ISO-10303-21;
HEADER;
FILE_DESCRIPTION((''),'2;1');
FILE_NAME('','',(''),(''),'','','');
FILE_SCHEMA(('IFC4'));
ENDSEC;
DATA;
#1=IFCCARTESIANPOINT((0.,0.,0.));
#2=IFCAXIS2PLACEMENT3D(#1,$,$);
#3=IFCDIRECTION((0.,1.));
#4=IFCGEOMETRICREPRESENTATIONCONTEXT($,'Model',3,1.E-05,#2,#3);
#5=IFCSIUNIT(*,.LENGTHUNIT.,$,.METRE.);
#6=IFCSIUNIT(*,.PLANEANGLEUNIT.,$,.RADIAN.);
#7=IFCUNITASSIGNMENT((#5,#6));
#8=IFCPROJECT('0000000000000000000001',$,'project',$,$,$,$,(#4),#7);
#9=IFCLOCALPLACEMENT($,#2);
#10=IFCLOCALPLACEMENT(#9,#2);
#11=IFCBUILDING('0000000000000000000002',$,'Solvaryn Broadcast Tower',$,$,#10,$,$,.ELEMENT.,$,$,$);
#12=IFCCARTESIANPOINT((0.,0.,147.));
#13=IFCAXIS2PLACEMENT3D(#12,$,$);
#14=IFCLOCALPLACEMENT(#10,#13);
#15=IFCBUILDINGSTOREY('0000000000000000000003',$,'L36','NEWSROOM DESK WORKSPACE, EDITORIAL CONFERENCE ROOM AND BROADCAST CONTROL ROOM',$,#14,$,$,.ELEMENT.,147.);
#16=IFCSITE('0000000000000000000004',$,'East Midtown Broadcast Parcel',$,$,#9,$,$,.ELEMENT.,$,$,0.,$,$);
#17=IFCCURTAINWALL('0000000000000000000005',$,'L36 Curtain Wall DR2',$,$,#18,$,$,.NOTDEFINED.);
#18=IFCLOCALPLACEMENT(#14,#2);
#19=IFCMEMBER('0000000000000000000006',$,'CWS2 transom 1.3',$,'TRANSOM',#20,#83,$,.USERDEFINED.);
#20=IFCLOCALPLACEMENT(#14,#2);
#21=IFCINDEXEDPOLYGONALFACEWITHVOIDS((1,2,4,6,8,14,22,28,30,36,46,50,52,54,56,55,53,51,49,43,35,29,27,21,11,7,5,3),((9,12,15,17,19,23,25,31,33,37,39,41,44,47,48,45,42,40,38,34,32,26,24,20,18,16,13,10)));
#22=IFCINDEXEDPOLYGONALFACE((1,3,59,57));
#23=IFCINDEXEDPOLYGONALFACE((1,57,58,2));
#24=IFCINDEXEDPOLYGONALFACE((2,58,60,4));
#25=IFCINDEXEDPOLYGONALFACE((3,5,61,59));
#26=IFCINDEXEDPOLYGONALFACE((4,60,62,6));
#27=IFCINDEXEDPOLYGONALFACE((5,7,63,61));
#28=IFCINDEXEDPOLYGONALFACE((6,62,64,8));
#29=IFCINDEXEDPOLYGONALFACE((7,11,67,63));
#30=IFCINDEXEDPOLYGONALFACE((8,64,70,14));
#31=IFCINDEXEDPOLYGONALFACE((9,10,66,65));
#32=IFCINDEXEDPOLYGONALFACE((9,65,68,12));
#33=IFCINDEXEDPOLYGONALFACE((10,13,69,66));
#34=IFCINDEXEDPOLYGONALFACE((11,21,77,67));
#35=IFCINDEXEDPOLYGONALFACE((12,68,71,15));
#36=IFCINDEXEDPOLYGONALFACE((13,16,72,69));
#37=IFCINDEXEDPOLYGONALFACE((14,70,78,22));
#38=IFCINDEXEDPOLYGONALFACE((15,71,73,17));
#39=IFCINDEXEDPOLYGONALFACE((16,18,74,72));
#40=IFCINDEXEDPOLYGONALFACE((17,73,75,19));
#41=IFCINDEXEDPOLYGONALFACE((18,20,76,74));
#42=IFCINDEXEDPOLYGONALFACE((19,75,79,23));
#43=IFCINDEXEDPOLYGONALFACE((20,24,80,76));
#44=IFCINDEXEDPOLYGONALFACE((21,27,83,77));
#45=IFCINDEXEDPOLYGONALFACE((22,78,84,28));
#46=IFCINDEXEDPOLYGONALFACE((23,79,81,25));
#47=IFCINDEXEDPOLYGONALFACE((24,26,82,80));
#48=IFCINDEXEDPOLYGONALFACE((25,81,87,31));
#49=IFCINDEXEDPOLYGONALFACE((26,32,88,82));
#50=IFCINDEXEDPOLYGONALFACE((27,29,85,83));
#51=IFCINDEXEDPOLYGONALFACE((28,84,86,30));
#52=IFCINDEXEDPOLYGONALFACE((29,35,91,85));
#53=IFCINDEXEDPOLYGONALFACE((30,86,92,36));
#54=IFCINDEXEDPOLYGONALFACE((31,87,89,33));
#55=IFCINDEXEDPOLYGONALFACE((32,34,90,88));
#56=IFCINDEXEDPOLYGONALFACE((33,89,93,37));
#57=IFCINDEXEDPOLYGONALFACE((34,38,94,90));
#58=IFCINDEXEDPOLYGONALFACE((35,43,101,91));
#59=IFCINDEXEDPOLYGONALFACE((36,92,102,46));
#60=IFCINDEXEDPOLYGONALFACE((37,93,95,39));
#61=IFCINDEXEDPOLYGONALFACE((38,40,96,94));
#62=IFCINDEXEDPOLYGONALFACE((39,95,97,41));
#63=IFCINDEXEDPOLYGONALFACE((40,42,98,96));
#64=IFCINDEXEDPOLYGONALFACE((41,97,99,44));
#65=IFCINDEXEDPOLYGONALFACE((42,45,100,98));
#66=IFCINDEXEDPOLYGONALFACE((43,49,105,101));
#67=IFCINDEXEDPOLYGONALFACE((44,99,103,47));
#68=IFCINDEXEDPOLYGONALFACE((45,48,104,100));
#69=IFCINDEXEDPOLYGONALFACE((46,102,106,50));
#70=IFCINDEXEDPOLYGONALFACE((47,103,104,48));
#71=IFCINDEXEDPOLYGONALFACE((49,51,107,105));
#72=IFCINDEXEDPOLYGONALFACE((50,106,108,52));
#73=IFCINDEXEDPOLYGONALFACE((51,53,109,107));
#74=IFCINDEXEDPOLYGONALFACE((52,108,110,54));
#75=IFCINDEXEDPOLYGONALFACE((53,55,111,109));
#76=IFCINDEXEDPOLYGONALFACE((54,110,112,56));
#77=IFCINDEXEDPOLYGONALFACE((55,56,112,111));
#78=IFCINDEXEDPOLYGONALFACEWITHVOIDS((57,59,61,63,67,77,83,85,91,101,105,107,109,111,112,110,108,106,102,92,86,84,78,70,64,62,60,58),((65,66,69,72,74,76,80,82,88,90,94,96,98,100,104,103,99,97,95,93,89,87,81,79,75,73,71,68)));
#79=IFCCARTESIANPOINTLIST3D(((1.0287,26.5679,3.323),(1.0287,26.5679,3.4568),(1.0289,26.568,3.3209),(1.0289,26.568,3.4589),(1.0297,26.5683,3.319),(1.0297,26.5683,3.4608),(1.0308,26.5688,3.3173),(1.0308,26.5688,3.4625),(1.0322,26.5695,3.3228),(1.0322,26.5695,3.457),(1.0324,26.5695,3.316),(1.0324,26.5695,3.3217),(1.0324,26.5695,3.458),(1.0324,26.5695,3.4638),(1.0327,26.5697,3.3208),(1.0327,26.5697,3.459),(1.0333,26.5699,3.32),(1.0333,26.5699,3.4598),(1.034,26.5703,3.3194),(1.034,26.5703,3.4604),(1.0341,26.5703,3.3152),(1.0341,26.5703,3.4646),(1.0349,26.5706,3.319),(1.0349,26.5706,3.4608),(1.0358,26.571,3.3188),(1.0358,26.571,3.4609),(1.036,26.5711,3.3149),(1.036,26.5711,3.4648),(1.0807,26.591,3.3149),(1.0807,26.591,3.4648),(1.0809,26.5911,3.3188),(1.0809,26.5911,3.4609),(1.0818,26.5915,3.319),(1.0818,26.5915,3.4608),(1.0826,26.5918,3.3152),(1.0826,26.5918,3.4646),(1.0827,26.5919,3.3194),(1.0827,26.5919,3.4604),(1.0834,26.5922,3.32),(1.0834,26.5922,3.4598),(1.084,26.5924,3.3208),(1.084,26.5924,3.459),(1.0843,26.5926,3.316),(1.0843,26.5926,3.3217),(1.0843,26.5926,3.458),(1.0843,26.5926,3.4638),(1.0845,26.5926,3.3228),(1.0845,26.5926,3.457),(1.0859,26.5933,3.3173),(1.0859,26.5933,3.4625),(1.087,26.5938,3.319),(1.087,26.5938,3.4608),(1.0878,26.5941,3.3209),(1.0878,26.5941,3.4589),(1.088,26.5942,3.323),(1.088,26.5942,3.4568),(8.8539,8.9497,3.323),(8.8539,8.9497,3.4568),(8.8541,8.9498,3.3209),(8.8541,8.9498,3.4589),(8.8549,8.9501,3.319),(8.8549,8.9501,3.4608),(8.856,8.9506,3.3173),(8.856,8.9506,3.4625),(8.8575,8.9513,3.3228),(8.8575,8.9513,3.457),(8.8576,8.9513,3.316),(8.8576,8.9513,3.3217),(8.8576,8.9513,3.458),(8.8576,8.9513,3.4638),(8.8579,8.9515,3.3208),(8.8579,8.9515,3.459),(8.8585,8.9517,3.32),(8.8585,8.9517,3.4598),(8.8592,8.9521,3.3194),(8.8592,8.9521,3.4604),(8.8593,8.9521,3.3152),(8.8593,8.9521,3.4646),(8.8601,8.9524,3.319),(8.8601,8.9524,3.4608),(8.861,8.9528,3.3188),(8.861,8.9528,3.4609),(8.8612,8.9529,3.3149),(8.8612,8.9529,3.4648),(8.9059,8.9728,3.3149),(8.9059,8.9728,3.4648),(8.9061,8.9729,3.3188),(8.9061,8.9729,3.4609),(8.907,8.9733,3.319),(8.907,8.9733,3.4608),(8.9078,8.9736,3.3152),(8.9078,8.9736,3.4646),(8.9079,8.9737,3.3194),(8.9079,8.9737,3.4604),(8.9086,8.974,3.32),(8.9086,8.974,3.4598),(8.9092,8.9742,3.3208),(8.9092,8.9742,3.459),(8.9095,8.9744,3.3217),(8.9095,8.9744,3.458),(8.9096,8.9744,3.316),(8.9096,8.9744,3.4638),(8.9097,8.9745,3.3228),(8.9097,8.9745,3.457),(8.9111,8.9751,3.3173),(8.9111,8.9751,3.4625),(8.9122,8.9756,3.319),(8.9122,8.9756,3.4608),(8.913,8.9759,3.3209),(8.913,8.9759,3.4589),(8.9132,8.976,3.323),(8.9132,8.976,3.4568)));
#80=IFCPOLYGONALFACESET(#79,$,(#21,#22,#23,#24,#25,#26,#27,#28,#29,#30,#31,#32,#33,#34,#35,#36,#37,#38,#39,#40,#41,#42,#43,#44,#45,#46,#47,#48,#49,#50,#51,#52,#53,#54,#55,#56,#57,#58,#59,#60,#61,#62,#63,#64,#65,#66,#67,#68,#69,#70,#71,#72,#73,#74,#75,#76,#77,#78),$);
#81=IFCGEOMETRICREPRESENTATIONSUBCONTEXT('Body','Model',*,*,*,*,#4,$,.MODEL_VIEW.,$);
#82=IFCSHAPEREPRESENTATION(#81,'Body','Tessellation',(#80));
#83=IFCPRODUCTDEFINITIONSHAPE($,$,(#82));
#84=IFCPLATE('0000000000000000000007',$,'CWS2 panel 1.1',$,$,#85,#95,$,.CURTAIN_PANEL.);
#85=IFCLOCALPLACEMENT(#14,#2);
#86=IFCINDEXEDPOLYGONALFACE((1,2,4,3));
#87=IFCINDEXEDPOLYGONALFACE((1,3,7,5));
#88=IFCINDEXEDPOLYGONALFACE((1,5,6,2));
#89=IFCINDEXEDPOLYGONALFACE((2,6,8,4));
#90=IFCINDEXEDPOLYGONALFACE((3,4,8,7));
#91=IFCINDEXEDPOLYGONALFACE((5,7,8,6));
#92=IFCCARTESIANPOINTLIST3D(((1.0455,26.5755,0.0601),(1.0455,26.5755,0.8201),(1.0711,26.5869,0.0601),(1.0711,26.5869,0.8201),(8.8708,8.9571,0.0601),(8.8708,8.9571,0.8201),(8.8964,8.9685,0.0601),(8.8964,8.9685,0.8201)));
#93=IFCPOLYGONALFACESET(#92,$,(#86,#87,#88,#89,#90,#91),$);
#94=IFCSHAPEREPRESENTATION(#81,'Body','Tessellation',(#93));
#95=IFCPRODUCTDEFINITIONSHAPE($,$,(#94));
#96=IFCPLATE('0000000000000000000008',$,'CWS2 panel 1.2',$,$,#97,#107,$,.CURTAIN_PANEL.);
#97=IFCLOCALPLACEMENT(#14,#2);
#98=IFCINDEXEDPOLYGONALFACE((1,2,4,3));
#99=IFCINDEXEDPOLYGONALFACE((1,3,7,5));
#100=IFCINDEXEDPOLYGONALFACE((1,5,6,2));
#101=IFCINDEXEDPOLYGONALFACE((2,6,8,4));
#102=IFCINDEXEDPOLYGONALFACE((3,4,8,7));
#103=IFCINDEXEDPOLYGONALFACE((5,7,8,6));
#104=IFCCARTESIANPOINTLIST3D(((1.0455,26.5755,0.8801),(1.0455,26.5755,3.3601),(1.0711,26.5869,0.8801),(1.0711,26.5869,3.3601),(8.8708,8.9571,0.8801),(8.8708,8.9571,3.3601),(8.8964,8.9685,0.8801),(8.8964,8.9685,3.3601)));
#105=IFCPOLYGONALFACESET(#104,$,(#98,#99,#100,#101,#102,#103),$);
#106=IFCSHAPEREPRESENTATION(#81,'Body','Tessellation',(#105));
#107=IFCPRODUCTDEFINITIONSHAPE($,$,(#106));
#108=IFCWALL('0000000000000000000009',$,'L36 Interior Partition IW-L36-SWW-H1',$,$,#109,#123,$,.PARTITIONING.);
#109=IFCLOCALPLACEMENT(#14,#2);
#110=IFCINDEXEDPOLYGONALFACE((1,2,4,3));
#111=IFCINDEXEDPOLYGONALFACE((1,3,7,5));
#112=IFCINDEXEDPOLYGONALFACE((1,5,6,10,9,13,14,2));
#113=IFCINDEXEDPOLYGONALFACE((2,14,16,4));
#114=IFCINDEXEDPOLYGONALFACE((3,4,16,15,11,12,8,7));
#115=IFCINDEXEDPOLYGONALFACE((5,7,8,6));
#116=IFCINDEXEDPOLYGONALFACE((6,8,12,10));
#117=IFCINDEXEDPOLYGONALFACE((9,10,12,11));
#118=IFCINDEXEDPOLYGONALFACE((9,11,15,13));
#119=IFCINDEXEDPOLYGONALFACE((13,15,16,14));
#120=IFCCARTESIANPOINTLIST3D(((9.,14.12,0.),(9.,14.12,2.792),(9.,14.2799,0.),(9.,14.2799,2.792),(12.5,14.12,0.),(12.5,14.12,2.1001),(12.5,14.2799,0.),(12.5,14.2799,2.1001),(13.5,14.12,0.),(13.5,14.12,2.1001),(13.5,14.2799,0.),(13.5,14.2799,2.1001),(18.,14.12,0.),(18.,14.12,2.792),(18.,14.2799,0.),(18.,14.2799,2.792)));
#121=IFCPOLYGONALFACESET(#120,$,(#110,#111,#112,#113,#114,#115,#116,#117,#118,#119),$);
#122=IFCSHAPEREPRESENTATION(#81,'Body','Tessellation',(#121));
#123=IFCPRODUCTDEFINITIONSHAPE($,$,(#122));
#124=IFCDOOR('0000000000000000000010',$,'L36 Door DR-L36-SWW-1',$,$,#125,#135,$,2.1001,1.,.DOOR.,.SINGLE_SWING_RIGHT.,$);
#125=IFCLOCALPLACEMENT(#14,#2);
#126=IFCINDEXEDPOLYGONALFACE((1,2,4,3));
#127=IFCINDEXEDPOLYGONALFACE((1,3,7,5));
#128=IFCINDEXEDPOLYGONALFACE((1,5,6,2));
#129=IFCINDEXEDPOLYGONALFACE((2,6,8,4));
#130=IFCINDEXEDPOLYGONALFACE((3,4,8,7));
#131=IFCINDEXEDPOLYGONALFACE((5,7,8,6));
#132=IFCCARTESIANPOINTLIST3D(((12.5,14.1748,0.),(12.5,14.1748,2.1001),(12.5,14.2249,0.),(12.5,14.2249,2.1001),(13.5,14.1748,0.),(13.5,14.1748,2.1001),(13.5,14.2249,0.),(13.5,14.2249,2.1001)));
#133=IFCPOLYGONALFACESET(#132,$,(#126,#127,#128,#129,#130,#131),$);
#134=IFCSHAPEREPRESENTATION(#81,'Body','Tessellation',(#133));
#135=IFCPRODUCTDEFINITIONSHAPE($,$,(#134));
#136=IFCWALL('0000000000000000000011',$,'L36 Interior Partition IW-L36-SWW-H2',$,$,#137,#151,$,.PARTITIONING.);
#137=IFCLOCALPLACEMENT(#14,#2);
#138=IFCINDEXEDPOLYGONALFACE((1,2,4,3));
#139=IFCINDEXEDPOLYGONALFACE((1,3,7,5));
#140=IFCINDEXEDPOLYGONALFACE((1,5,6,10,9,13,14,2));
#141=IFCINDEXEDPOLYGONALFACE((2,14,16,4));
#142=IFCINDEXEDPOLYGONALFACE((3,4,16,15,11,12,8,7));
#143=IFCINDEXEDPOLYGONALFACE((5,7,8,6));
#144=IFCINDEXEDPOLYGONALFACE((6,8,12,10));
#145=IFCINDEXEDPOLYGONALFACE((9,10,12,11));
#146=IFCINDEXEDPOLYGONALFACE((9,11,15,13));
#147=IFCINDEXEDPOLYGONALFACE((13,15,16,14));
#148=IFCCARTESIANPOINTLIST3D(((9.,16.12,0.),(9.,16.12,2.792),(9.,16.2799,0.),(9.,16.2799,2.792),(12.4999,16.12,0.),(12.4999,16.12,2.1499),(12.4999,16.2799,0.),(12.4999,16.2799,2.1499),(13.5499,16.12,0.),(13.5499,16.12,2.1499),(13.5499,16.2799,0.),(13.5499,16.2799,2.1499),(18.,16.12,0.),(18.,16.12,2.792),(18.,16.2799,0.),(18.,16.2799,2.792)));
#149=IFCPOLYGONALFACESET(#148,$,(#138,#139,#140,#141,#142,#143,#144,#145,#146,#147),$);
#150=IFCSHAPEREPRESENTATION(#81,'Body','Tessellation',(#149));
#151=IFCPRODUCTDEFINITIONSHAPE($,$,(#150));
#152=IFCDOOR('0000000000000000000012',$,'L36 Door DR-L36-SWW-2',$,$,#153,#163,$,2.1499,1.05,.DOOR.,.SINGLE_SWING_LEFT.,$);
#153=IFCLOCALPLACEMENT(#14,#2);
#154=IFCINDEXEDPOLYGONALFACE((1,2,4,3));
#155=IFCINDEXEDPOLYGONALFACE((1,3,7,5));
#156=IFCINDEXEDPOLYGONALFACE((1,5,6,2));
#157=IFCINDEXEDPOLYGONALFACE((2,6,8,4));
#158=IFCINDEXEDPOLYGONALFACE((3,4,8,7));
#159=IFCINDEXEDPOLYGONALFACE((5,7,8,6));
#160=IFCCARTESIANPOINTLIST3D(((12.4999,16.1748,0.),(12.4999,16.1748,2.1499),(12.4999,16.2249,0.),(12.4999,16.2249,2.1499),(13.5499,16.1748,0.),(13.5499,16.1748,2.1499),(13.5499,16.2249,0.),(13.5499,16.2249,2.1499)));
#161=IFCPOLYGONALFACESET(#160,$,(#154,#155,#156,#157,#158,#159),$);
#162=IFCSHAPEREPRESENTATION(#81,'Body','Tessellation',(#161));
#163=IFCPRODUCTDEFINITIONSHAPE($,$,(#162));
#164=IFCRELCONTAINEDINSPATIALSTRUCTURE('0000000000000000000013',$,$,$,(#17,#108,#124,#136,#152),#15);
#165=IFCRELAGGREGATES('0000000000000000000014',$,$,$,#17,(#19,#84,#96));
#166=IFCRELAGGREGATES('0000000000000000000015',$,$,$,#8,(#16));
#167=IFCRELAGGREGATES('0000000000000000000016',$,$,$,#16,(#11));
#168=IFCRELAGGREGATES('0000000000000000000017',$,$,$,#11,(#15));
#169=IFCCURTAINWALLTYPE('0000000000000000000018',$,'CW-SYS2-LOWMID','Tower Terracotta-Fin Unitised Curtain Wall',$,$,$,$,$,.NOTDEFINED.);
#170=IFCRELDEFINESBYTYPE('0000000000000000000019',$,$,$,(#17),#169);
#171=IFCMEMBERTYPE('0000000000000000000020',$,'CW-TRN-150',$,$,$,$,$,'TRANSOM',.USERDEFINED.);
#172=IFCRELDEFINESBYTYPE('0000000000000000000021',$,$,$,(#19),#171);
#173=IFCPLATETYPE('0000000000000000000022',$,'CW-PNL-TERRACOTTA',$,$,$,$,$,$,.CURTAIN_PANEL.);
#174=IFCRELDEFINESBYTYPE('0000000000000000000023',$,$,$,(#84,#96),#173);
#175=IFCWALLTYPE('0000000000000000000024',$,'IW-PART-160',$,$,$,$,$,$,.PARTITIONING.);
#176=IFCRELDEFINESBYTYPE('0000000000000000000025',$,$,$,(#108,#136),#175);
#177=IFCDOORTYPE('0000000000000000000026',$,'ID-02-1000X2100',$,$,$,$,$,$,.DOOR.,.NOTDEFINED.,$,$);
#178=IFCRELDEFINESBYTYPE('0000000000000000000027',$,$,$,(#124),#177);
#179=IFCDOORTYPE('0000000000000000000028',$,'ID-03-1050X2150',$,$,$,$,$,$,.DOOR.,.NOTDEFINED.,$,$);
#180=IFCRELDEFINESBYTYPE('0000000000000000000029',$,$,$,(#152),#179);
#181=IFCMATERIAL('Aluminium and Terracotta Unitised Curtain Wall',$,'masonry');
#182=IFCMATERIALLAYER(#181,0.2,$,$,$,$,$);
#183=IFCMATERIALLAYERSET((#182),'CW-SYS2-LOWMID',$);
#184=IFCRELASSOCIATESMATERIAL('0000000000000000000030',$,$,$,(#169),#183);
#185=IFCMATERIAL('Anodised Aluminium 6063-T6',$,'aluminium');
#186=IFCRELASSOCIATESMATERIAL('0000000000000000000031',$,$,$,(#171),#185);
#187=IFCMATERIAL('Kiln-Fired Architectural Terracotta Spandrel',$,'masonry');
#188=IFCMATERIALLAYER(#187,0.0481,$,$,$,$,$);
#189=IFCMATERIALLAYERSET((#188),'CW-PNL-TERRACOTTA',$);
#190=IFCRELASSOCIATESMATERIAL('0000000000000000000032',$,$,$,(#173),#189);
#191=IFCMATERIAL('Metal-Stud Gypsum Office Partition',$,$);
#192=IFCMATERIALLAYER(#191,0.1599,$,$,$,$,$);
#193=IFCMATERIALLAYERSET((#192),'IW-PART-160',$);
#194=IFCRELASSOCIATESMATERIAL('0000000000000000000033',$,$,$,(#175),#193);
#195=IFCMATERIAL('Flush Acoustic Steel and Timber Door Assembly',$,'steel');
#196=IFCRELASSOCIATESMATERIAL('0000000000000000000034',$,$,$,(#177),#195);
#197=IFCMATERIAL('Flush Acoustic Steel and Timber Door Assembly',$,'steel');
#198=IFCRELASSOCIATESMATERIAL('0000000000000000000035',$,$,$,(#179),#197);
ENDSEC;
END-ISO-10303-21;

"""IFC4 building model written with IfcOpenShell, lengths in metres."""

from ifc_helpers import new_model, si_unit, direction, frame, frame_2d, origin, origin_2d, place, context, subcontext, project, spatial, rectangle, hollow_rectangle, extrude, material, layer, layer_set, material_profile, profile_set, type_object, element, fill, aggregate, save


model = new_model("IFC4")

# Units and contexts
model_context = context("Model", 3, precision=1e-05, world=origin(), true_north=direction((0.0, 1.0)))
body_context = subcontext(model_context, "Body", "Model", "MODEL_VIEW")
ifc_project = project(units=[si_unit("LENGTHUNIT", "METRE"), si_unit("PLANEANGLEUNIT", "RADIAN")], contexts=[model_context])

# Site, building, storey
site_placement = place(None, origin())
site = spatial("IfcSite", under=ifc_project, at=site_placement, Name="East Midtown Broadcast Parcel", CompositionType="ELEMENT", RefElevation=0.0)
building_placement = place(site_placement, origin())
building = spatial("IfcBuilding", under=site, at=building_placement, Name="Solvaryn Broadcast Tower", CompositionType="ELEMENT")
storey_placement = place(building_placement, frame((0.0, 0.0, 147.0)))
storey = spatial("IfcBuildingStorey", under=building, at=storey_placement, Name="L36", Description="NEWSROOM DESK WORKSPACE, EDITORIAL CONFERENCE ROOM AND BROADCAST CONTROL ROOM", CompositionType="ELEMENT", Elevation=147.0)

# Shared definitions
ifc_material_1 = material(Name="Aluminium and Terracotta Unitised Curtain Wall", Category="masonry")
ifc_layer_1 = layer(ifc_material_1, 0.2)
ifc_layer_set_1 = layer_set([ifc_layer_1], Name="CW-SYS2-LOWMID")
curtain_wall_type = type_object("IfcCurtainWallType", Name="CW-SYS2-LOWMID", Description="Tower Terracotta-Fin Unitised Curtain Wall", PredefinedType="NOTDEFINED", material=ifc_layer_set_1)

# Curtain wall, member, plates
curtain_wall_1_placement = place(storey_placement, origin())
curtain_wall_1 = element("IfcCurtainWall", 1, at=curtain_wall_1_placement, inside=storey, type_object=curtain_wall_type, Name="L36 Curtain Wall DR2", PredefinedType="NOTDEFINED")
ifc_material_2 = material(Name="Anodised Aluminium 6063-T6", Category="aluminium")
ifc_material_profile_1 = material_profile(ifc_material_2, hollow_rectangle(XDim=0.0649, YDim=0.1499, WallThickness=0.0039, InnerFilletRadius=0.0039, OuterFilletRadius=0.0081, at=origin_2d()))
ifc_profile_set_1 = profile_set([ifc_material_profile_1], Name="Anodised Aluminium 6063-T6")
member_type_1 = type_object("IfcMemberType", Name="CW-TRN-150", ElementType="TRANSOM", PredefinedType="USERDEFINED", material=ifc_profile_set_1)
member_1_placement = place(storey_placement, frame((1.0583, 26.5811, 3.3899), z_axis=(0.405918, -0.91391, 0.0), x_axis=(0.91391, 0.405918, 0.0)))
member_1 = element("IfcMember", 2, at=member_1_placement, type_object=member_type_1, Name="CWS2 transom 1.3", ObjectType="TRANSOM", PredefinedType="USERDEFINED", context=body_context, shape_type="SweptSolid", body=[
    extrude(hollow_rectangle(XDim=0.0649, YDim=0.1499, WallThickness=0.0039, InnerFilletRadius=0.0039, OuterFilletRadius=0.0081, at=origin_2d()), origin(), (0.0, 0.0, 1.0), 19.2778),
])
ifc_material_3 = material(Name="Kiln-Fired Architectural Terracotta Spandrel", Category="masonry")
ifc_layer_2 = layer(ifc_material_3, 0.0481)
ifc_layer_set_2 = layer_set([ifc_layer_2], Name="CW-PNL-TERRACOTTA")
plate_type = type_object("IfcPlateType", Name="CW-PNL-TERRACOTTA", PredefinedType="CURTAIN_PANEL", material=ifc_layer_set_2)
plate_1_placement = place(storey_placement, frame((4.9709, 17.772, 0.0601), z_axis=(0.0, 0.0, 1.0), x_axis=(0.405918, -0.913909, 0.0)))
plate_1 = element("IfcPlate", 3, at=plate_1_placement, type_object=plate_type, Name="CWS2 panel 1.1", PredefinedType="CURTAIN_PANEL", context=body_context, shape_type="SweptSolid", body=[
    extrude(rectangle(XDim=19.2781, YDim=0.0281, at=origin_2d()), origin(), (0.0, 0.0, 1.0), 0.76),
])
plate_2_placement = place(storey_placement, frame((4.9709, 17.772, 0.8801), z_axis=(0.0, 0.0, 1.0), x_axis=(0.405918, -0.913909, 0.0)))
plate_2 = element("IfcPlate", 4, at=plate_2_placement, type_object=plate_type, Name="CWS2 panel 1.2", PredefinedType="CURTAIN_PANEL", context=body_context, shape_type="SweptSolid", body=[
    extrude(rectangle(XDim=19.2781, YDim=0.0281, at=origin_2d()), origin(), (0.0, 0.0, 1.0), 2.48),
])
aggregate(curtain_wall_1, [member_1, plate_1, plate_2])

# Walls, openings, doors
ifc_material_4 = material(Name="Metal-Stud Gypsum Office Partition")
ifc_layer_3 = layer(ifc_material_4, 0.1599)
ifc_layer_set_3 = layer_set([ifc_layer_3], Name="IW-PART-160")
wall_type = type_object("IfcWallType", Name="IW-PART-160", PredefinedType="PARTITIONING", material=ifc_layer_set_3)
wall_1_placement = place(storey_placement, frame((9.0, 14.2, 0.0), z_axis=(0.0, 0.0, 1.0), x_axis=(1.0, 0.0, 0.0)))
wall_1 = element("IfcWall", 5, at=wall_1_placement, inside=storey, type_object=wall_type, Name="L36 Interior Partition IW-L36-SWW-H1", PredefinedType="PARTITIONING", context=body_context, shape_type="SweptSolid", body=[
    extrude(rectangle(XDim=9.0, YDim=0.1599, at=frame_2d((4.5, 0.0))), origin(), (0.0, 0.0, 1.0), 2.792),
])
opening_1_placement = place(wall_1_placement, frame((3.5, 0.0, 0.0)))
opening_1 = element("IfcOpeningElement", 6, at=opening_1_placement, cuts=wall_1, PredefinedType="OPENING", context=body_context, shape_type="SweptSolid", body=[
    extrude(rectangle(XDim=1.0, YDim=2.1001, at=frame_2d((0.5, 1.05))), frame((0.0, 0.0901, 0.0), z_axis=(0.0, -1.0, 0.0), x_axis=(1.0, 0.0, 0.0)), (0.0, 0.0, 1.0), 0.1799),
])
ifc_material_5 = material(Name="Flush Acoustic Steel and Timber Door Assembly", Category="steel")
door_type_1 = type_object("IfcDoorType", Name="ID-02-1000X2100", OperationType="NOTDEFINED", PredefinedType="DOOR", material=ifc_material_5)
door_1_placement = place(opening_1_placement, origin())
door_1 = element("IfcDoor", 7, at=door_1_placement, inside=storey, type_object=door_type_1, Name="L36 Door DR-L36-SWW-1", OperationType="SINGLE_SWING_RIGHT", OverallHeight=2.1001, OverallWidth=1.0, PredefinedType="DOOR", context=body_context, shape_type="SweptSolid", body=[
    extrude(rectangle(XDim=1.0, YDim=2.1001, at=frame_2d((0.5, 1.05))), frame((0.0, 0.0249, 0.0), z_axis=(0.0, -1.0, 0.0), x_axis=(1.0, 0.0, 0.0)), (0.0, 0.0, 1.0), 0.05),
])
fill(opening_1, door_1)
wall_2_placement = place(storey_placement, frame((9.0, 16.2, 0.0), z_axis=(0.0, 0.0, 1.0), x_axis=(1.0, 0.0, 0.0)))
wall_2 = element("IfcWall", 8, at=wall_2_placement, inside=storey, type_object=wall_type, Name="L36 Interior Partition IW-L36-SWW-H2", PredefinedType="PARTITIONING", context=body_context, shape_type="SweptSolid", body=[
    extrude(rectangle(XDim=9.0, YDim=0.1599, at=frame_2d((4.5, 0.0))), origin(), (0.0, 0.0, 1.0), 2.792),
])
opening_2_placement = place(wall_2_placement, frame((3.5, 0.0, 0.0)))
opening_2 = element("IfcOpeningElement", 9, at=opening_2_placement, cuts=wall_2, PredefinedType="OPENING", context=body_context, shape_type="SweptSolid", body=[
    extrude(rectangle(XDim=1.05, YDim=2.1499, at=frame_2d((0.5249, 1.075))), frame((0.0, 0.0901, 0.0), z_axis=(0.0, -1.0, 0.0), x_axis=(1.0, 0.0, 0.0)), (0.0, 0.0, 1.0), 0.1799),
])
ifc_material_6 = material(Name="Flush Acoustic Steel and Timber Door Assembly", Category="steel")
door_type_2 = type_object("IfcDoorType", Name="ID-03-1050X2150", OperationType="NOTDEFINED", PredefinedType="DOOR", material=ifc_material_6)
door_2_placement = place(opening_2_placement, origin())
door_2 = element("IfcDoor", 10, at=door_2_placement, inside=storey, type_object=door_type_2, Name="L36 Door DR-L36-SWW-2", OperationType="SINGLE_SWING_LEFT", OverallHeight=2.1499, OverallWidth=1.05, PredefinedType="DOOR", context=body_context, shape_type="SweptSolid", body=[
    extrude(rectangle(XDim=1.05, YDim=2.1499, at=frame_2d((0.5249, 1.075))), frame((0.0, 0.0249, 0.0), z_axis=(0.0, -1.0, 0.0), x_axis=(1.0, 0.0, 0.0)), (0.0, 0.0, 1.0), 0.05),
])
fill(opening_2, door_2)

save(model, "model.ifc")
